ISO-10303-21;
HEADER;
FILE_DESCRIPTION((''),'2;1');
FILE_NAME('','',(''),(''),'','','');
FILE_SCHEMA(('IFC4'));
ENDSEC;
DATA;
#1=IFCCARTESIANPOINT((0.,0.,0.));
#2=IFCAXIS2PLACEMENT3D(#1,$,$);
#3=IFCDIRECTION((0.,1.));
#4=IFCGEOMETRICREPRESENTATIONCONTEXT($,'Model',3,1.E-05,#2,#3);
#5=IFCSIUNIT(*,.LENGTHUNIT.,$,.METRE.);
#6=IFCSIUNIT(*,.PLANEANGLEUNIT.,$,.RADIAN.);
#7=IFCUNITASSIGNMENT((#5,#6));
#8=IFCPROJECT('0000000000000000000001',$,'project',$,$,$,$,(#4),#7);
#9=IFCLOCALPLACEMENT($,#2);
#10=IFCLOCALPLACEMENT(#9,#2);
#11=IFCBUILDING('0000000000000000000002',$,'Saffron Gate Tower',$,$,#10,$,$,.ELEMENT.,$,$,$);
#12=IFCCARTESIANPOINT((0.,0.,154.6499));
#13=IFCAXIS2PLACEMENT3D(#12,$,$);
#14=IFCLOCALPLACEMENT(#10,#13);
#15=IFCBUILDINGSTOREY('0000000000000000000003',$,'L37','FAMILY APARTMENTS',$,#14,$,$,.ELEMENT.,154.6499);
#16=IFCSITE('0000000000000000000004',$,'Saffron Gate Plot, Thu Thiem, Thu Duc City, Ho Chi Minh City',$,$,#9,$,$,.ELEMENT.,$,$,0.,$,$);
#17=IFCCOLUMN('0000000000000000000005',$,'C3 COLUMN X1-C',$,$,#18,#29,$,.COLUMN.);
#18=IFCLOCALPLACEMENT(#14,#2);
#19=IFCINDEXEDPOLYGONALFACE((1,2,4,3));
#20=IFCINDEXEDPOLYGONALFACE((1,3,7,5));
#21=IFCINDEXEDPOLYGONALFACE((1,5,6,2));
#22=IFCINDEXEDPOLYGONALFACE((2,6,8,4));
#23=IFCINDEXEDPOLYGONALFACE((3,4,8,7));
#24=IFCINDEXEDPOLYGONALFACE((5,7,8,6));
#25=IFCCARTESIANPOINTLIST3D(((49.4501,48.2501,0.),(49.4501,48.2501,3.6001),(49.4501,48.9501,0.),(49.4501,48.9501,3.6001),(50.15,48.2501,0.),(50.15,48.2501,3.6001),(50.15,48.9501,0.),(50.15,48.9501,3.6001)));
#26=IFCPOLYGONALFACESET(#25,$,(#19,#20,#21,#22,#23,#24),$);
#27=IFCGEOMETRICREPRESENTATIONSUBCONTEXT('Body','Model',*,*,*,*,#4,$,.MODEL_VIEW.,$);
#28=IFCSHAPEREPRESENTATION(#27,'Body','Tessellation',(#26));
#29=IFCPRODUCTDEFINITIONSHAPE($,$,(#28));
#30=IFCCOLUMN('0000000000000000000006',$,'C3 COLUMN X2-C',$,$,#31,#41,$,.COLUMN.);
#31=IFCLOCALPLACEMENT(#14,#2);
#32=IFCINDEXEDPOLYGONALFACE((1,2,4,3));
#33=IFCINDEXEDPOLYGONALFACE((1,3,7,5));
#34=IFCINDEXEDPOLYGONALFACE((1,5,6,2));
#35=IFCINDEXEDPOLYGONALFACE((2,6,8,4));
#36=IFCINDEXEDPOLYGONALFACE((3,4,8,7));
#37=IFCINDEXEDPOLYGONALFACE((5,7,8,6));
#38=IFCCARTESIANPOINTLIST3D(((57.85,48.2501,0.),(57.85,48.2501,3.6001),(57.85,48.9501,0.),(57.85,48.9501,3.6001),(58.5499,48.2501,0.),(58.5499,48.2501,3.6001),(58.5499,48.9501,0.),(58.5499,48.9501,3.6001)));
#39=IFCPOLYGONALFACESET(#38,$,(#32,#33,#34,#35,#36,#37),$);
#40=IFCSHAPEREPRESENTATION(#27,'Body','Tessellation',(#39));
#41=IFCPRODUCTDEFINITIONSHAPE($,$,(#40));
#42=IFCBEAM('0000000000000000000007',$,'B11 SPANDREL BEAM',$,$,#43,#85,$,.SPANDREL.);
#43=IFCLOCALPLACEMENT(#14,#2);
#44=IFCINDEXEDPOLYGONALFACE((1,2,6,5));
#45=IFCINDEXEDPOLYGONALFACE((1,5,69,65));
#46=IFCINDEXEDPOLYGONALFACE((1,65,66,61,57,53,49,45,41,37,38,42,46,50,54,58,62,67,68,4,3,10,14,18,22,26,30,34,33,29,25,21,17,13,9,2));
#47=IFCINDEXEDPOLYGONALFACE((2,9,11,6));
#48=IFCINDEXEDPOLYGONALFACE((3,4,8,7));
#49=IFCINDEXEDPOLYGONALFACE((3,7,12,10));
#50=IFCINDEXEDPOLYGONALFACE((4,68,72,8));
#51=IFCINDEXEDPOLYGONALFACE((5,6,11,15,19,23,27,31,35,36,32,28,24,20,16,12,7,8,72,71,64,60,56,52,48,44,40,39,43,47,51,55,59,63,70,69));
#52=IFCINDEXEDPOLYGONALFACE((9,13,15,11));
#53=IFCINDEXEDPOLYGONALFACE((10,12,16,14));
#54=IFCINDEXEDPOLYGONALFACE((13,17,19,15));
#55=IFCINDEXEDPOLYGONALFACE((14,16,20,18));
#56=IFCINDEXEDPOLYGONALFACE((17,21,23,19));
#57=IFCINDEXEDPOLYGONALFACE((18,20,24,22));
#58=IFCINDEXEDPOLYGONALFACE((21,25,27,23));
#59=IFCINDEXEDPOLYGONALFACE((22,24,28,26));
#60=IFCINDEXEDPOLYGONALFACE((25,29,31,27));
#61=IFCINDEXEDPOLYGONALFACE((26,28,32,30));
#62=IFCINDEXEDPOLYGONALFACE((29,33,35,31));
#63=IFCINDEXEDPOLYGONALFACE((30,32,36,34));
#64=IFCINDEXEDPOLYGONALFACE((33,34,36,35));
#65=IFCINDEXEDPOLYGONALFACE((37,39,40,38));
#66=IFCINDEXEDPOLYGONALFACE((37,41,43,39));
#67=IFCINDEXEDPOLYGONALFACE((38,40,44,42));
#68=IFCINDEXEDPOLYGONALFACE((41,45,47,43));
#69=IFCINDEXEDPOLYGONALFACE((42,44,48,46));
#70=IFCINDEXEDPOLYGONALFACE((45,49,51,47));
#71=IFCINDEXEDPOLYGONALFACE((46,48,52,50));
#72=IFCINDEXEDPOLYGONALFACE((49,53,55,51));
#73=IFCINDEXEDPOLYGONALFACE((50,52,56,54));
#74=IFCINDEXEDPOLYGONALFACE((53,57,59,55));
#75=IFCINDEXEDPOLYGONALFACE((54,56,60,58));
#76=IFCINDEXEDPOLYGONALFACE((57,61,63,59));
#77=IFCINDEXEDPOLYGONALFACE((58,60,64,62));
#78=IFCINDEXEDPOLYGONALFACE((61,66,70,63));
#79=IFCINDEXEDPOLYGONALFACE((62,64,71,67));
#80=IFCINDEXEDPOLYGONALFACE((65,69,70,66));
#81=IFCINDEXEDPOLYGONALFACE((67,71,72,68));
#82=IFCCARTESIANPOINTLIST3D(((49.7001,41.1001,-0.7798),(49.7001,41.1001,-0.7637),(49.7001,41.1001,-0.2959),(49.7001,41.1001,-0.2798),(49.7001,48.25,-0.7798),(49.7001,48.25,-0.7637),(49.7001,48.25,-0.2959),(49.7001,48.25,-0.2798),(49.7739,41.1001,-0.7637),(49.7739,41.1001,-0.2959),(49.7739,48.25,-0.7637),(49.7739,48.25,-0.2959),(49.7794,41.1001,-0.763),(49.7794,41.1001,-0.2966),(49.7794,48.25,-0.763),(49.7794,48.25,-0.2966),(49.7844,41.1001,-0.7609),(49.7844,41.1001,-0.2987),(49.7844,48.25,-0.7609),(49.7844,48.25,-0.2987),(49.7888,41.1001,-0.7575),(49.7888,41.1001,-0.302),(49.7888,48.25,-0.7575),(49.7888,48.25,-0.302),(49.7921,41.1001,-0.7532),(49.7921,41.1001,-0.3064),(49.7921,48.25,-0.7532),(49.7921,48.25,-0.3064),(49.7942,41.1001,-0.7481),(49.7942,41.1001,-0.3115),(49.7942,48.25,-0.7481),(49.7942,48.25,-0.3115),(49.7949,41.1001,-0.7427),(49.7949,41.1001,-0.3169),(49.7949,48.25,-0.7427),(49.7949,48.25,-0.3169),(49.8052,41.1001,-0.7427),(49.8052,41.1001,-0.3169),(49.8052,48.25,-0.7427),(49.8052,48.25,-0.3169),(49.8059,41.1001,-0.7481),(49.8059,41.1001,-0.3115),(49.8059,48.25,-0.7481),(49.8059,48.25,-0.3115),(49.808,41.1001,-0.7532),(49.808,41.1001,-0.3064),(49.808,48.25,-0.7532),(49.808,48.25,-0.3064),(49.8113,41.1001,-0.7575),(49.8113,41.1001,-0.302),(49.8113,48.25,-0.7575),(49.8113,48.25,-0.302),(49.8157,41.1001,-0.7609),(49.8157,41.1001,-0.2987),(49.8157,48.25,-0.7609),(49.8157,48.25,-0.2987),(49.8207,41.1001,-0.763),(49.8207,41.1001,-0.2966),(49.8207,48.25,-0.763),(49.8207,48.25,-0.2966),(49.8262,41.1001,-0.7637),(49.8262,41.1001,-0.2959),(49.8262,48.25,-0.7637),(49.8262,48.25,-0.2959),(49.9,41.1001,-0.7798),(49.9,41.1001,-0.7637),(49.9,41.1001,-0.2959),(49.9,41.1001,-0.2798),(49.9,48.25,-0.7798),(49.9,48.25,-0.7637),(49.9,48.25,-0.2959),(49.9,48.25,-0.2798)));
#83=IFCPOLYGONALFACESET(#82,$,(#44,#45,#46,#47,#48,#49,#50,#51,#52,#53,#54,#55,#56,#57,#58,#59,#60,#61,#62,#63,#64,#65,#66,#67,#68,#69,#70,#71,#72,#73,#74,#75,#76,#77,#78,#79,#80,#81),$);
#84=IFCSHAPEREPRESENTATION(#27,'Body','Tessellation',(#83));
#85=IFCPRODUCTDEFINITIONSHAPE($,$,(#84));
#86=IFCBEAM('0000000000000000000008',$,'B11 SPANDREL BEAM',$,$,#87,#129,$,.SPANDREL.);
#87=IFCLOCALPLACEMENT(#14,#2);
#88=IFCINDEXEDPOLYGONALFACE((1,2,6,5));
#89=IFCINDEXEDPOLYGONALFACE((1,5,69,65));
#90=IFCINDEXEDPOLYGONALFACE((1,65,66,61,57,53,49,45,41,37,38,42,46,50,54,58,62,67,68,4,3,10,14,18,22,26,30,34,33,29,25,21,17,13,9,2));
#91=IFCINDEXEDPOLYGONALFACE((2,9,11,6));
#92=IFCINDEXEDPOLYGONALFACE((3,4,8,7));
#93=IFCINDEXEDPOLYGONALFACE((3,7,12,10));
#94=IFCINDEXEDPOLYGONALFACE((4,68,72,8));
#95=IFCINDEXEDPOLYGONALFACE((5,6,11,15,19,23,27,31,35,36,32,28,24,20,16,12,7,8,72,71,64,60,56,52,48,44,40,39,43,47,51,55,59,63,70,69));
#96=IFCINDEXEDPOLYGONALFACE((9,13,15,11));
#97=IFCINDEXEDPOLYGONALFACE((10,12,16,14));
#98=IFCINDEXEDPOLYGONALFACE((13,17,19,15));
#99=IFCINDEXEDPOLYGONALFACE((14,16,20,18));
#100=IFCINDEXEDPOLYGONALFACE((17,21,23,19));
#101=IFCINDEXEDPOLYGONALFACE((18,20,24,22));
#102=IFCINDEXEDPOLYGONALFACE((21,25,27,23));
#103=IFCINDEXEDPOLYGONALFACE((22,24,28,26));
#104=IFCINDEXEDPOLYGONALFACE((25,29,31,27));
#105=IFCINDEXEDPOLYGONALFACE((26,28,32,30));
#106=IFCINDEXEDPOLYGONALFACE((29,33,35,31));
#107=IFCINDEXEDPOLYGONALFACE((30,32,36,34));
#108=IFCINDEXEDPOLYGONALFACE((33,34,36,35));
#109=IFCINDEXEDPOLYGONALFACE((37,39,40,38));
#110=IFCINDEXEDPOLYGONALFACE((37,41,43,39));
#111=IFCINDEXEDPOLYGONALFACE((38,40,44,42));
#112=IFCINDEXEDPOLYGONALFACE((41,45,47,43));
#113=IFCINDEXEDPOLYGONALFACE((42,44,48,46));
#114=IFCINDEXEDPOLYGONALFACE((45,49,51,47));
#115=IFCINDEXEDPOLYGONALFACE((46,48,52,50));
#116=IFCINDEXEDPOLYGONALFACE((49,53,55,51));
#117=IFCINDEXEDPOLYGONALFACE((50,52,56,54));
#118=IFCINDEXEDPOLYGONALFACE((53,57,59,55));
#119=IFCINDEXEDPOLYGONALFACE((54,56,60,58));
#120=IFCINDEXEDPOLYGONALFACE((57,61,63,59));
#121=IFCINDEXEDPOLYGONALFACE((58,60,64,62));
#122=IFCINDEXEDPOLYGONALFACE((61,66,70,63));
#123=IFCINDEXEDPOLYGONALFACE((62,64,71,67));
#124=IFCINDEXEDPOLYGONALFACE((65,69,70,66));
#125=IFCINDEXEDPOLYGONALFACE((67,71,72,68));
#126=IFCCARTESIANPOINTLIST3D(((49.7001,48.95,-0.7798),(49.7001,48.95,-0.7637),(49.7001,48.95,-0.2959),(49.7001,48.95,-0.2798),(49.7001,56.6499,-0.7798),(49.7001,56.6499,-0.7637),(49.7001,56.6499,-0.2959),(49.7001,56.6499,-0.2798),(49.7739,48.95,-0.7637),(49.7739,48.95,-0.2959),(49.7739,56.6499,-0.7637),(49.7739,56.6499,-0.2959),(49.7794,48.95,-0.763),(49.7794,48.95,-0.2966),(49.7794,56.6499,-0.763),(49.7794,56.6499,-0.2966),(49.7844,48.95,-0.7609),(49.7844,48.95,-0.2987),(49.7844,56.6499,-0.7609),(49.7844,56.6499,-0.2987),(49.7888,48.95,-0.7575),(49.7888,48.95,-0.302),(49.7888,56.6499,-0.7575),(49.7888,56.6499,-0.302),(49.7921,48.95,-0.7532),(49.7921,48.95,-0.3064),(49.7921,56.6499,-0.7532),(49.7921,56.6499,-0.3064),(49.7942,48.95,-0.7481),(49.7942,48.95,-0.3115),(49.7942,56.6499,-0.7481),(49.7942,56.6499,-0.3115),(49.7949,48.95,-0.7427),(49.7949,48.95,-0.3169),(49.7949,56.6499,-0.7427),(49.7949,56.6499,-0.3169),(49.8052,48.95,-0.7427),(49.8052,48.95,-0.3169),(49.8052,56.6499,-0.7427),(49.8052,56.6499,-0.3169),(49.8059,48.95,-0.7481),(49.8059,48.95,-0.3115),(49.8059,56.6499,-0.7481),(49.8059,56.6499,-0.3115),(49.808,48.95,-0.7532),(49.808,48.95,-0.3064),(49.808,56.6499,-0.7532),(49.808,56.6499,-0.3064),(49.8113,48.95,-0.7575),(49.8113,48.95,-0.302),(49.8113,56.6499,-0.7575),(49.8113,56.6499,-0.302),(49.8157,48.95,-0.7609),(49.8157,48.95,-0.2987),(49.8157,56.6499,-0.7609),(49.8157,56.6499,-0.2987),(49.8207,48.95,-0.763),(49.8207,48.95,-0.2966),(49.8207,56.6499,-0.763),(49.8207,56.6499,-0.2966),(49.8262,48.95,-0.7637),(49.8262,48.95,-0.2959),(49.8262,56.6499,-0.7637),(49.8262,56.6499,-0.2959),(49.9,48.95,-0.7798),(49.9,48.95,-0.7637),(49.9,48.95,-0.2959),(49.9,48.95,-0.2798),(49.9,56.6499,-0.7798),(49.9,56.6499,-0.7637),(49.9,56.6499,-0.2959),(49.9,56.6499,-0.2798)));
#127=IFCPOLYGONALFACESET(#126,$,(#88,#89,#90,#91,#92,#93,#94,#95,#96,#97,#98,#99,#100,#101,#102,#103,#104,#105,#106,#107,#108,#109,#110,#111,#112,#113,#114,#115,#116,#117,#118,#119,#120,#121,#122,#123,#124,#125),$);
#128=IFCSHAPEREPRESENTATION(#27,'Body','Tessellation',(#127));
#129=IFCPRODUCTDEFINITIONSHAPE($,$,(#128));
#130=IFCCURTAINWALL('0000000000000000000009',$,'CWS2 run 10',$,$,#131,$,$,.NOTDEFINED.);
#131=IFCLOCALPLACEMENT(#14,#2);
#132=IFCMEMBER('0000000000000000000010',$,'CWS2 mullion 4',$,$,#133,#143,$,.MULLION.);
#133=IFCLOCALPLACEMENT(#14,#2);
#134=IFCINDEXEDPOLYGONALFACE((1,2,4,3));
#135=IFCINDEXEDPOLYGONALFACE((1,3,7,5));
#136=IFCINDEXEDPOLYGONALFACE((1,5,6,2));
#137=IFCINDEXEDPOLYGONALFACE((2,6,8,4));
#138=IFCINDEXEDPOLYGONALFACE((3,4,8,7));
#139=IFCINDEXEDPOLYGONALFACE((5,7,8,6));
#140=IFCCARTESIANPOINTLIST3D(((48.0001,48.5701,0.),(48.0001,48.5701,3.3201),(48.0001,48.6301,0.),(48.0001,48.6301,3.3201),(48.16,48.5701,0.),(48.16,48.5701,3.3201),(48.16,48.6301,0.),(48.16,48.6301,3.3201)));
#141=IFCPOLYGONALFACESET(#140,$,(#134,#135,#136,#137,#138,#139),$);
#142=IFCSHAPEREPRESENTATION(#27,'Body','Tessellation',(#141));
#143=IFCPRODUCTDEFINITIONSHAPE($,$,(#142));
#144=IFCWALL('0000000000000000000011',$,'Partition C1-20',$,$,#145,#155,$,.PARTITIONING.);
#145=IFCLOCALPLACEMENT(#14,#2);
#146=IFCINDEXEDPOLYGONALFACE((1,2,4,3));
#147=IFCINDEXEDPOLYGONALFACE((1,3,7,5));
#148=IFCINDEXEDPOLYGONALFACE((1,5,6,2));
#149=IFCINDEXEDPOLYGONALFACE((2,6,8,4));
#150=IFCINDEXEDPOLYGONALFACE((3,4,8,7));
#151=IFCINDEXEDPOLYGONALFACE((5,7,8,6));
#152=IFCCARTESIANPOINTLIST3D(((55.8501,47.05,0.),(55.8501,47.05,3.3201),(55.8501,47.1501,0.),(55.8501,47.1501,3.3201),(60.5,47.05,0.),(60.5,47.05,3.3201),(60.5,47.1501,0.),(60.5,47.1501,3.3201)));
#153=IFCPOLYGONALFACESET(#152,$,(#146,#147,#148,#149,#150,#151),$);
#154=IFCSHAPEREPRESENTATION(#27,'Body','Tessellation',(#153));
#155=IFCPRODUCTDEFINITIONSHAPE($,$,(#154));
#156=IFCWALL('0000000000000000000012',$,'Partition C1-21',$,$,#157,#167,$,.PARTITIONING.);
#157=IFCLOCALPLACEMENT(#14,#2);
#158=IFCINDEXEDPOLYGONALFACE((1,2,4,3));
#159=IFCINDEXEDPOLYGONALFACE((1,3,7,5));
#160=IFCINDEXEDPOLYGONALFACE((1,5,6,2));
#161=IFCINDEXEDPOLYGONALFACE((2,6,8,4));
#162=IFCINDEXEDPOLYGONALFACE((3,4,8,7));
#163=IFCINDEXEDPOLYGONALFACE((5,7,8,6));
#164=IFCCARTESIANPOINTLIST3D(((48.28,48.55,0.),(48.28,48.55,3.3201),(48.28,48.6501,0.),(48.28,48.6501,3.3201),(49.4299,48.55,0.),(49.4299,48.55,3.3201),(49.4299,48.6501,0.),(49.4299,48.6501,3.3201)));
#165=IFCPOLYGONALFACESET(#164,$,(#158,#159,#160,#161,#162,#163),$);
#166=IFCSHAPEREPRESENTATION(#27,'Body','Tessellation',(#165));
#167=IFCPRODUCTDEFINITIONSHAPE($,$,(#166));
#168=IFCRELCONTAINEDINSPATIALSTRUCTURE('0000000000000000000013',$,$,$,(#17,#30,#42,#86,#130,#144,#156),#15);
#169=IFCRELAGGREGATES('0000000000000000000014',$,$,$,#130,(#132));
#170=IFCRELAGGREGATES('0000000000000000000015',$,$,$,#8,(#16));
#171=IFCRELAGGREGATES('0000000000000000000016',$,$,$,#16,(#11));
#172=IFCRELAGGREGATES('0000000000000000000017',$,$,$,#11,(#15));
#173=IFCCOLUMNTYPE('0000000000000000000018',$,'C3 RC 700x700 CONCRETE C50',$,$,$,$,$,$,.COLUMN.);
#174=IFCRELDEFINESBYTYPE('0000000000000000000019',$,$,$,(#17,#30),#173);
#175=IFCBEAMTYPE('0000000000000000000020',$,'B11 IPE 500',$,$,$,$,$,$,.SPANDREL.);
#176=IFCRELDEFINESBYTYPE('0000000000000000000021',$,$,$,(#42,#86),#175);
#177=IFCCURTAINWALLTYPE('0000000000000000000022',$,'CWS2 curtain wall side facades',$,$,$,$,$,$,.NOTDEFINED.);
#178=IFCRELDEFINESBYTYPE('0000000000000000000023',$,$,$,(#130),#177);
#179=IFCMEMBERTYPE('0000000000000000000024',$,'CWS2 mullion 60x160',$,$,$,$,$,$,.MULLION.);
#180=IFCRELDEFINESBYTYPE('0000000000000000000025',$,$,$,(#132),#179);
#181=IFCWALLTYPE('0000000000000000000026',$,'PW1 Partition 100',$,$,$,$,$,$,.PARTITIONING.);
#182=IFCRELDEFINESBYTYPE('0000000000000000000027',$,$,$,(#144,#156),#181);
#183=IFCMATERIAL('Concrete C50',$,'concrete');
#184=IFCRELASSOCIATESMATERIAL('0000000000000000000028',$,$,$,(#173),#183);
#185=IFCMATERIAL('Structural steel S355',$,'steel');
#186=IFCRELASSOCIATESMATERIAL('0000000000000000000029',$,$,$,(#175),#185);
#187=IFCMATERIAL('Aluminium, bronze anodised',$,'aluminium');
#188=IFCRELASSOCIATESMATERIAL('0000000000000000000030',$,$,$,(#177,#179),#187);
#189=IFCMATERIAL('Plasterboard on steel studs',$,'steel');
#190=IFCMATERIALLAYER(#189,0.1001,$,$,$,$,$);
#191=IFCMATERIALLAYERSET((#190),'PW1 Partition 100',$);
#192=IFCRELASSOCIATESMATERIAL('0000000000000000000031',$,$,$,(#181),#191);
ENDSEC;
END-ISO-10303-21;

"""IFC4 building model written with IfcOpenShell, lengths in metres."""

from ifc_helpers import new_model, si_unit, direction, frame, frame_2d, origin, origin_2d, place, context, subcontext, project, spatial, rectangle, i_section, extrude, material, layer, layer_set, material_profile, profile_set, type_object, element, aggregate, save


model = new_model("IFC4")

# Units and contexts
model_context = context("Model", 3, precision=1e-05, world=origin(), true_north=direction((0.0, 1.0)))
body_context = subcontext(model_context, "Body", "Model", "MODEL_VIEW")
ifc_project = project(units=[si_unit("LENGTHUNIT", "METRE"), si_unit("PLANEANGLEUNIT", "RADIAN")], contexts=[model_context])

# Site, building, storey
site_placement = place(None, origin())
site = spatial("IfcSite", under=ifc_project, at=site_placement, Name="Saffron Gate Plot, Thu Thiem, Thu Duc City, Ho Chi Minh City", CompositionType="ELEMENT", RefElevation=0.0)
building_placement = place(site_placement, origin())
building = spatial("IfcBuilding", under=site, at=building_placement, Name="Saffron Gate Tower", CompositionType="ELEMENT")
storey_placement = place(building_placement, frame((0.0, 0.0, 154.6499)))
storey = spatial("IfcBuildingStorey", under=building, at=storey_placement, Name="L37", Description="FAMILY APARTMENTS", CompositionType="ELEMENT", Elevation=154.6499)

# Columns
ifc_material_1 = material(Name="Concrete C50", Category="concrete")
ifc_material_profile_1 = material_profile(ifc_material_1, rectangle(XDim=0.7, YDim=0.7, at=origin_2d()))
ifc_profile_set_1 = profile_set([ifc_material_profile_1], Name="Concrete C50")
column_type = type_object("IfcColumnType", Name="C3 RC 700x700 CONCRETE C50", PredefinedType="COLUMN", material=ifc_profile_set_1)
for number, where, z_axis, x_axis, name in (
    (1, (49.8, 48.6001, 0.0), (0.0, 0.0, 1.0), (1.0, 0.0, 0.0), "C3 COLUMN X1-C"),
    (2, (58.2, 48.6001, 0.0), (0.0, 0.0, 1.0), (1.0, 0.0, 0.0), "C3 COLUMN X2-C"),
):
    element("IfcColumn", number, at=place(storey_placement, frame(where, z_axis=z_axis, x_axis=x_axis)), inside=storey, type_object=column_type, Name=name, PredefinedType="COLUMN", context=body_context, shape_type="SweptSolid", body=[
        extrude(rectangle(XDim=0.7, YDim=0.7, at=origin_2d()), origin(), (0.0, 0.0, 1.0), 3.6001),
    ])

# Beams
ifc_material_2 = material(Name="Structural steel S355", Category="steel")
ifc_material_profile_2 = material_profile(ifc_material_2, i_section(OverallWidth=0.2, OverallDepth=0.5, WebThickness=0.0103, FlangeThickness=0.0161, FilletRadius=0.021, at=origin_2d()))
ifc_profile_set_2 = profile_set([ifc_material_profile_2], Name="Structural steel S355")
beam_type = type_object("IfcBeamType", Name="B11 IPE 500", PredefinedType="SPANDREL", material=ifc_profile_set_2)
beam_1_placement = place(storey_placement, frame((49.8, 41.1001, -0.5298), z_axis=(0.0, 1.0, 0.0), x_axis=(-1.0, 0.0, 0.0)))
element("IfcBeam", 3, at=beam_1_placement, inside=storey, type_object=beam_type, Name="B11 SPANDREL BEAM", PredefinedType="SPANDREL", context=body_context, shape_type="SweptSolid", body=[
    extrude(i_section(OverallWidth=0.2, OverallDepth=0.5, WebThickness=0.0103, FlangeThickness=0.0161, FilletRadius=0.021, at=origin_2d()), origin(), (0.0, 0.0, 1.0), 7.1499),
])
beam_2_placement = place(storey_placement, frame((49.8, 48.95, -0.5298), z_axis=(0.0, 1.0, 0.0), x_axis=(-1.0, 0.0, 0.0)))
element("IfcBeam", 4, at=beam_2_placement, inside=storey, type_object=beam_type, Name="B11 SPANDREL BEAM", PredefinedType="SPANDREL", context=body_context, shape_type="SweptSolid", body=[
    extrude(i_section(OverallWidth=0.2, OverallDepth=0.5, WebThickness=0.0103, FlangeThickness=0.0161, FilletRadius=0.021, at=origin_2d()), origin(), (0.0, 0.0, 1.0), 7.7),
])

# Curtain wall, member
ifc_material_3 = material(Name="Aluminium, bronze anodised", Category="aluminium")
curtain_wall_type = type_object("IfcCurtainWallType", Name="CWS2 curtain wall side facades", PredefinedType="NOTDEFINED", material=ifc_material_3)
curtain_wall_placement = place(storey_placement, origin())
curtain_wall = element("IfcCurtainWall", 5, at=curtain_wall_placement, inside=storey, type_object=curtain_wall_type, Name="CWS2 run 10", PredefinedType="NOTDEFINED")
ifc_material_profile_3 = material_profile(ifc_material_3, rectangle(XDim=0.1599, YDim=0.0601, at=origin_2d()))
ifc_profile_set_3 = profile_set([ifc_material_profile_3], Name="Aluminium, bronze anodised")
member_type = type_object("IfcMemberType", Name="CWS2 mullion 60x160", PredefinedType="MULLION", material=ifc_profile_set_3)
member_placement = place(storey_placement, frame((48.0801, 48.6001, 0.0), z_axis=(0.0, 0.0, 1.0), x_axis=(1.0, 0.0, 0.0)))
member = element("IfcMember", 6, at=member_placement, type_object=member_type, Name="CWS2 mullion 4", PredefinedType="MULLION", context=body_context, shape_type="SweptSolid", body=[
    extrude(rectangle(XDim=0.1599, YDim=0.0601, at=origin_2d()), origin(), (0.0, 0.0, 1.0), 3.3201),
])
aggregate(curtain_wall, [member])

# Walls
ifc_material_4 = material(Name="Plasterboard on steel studs", Category="steel")
ifc_layer_1 = layer(ifc_material_4, 0.1001)
ifc_layer_set_1 = layer_set([ifc_layer_1], Name="PW1 Partition 100")
wall_type_1 = type_object("IfcWallType", Name="PW1 Partition 100", PredefinedType="PARTITIONING", material=ifc_layer_set_1)
wall_1_placement = place(storey_placement, frame((55.8501, 47.1001, 0.0), z_axis=(0.0, 0.0, 1.0), x_axis=(1.0, 0.0, 0.0)))
element("IfcWall", 7, at=wall_1_placement, inside=storey, type_object=wall_type_1, Name="Partition C1-20", PredefinedType="PARTITIONING", context=body_context, shape_type="SweptSolid", body=[
    extrude(rectangle(XDim=4.6499, YDim=0.1001, at=frame_2d((2.325, 0.0))), origin(), (0.0, 0.0, 1.0), 3.3201),
])
wall_2_placement = place(storey_placement, frame((48.28, 48.6001, 0.0), z_axis=(0.0, 0.0, 1.0), x_axis=(1.0, 0.0, 0.0)))
element("IfcWall", 8, at=wall_2_placement, inside=storey, type_object=wall_type_1, Name="Partition C1-21", PredefinedType="PARTITIONING", context=body_context, shape_type="SweptSolid", body=[
    extrude(rectangle(XDim=1.1499, YDim=0.1001, at=frame_2d((0.575, 0.0))), origin(), (0.0, 0.0, 1.0), 3.3201),
])

save(model, "model.ifc")
